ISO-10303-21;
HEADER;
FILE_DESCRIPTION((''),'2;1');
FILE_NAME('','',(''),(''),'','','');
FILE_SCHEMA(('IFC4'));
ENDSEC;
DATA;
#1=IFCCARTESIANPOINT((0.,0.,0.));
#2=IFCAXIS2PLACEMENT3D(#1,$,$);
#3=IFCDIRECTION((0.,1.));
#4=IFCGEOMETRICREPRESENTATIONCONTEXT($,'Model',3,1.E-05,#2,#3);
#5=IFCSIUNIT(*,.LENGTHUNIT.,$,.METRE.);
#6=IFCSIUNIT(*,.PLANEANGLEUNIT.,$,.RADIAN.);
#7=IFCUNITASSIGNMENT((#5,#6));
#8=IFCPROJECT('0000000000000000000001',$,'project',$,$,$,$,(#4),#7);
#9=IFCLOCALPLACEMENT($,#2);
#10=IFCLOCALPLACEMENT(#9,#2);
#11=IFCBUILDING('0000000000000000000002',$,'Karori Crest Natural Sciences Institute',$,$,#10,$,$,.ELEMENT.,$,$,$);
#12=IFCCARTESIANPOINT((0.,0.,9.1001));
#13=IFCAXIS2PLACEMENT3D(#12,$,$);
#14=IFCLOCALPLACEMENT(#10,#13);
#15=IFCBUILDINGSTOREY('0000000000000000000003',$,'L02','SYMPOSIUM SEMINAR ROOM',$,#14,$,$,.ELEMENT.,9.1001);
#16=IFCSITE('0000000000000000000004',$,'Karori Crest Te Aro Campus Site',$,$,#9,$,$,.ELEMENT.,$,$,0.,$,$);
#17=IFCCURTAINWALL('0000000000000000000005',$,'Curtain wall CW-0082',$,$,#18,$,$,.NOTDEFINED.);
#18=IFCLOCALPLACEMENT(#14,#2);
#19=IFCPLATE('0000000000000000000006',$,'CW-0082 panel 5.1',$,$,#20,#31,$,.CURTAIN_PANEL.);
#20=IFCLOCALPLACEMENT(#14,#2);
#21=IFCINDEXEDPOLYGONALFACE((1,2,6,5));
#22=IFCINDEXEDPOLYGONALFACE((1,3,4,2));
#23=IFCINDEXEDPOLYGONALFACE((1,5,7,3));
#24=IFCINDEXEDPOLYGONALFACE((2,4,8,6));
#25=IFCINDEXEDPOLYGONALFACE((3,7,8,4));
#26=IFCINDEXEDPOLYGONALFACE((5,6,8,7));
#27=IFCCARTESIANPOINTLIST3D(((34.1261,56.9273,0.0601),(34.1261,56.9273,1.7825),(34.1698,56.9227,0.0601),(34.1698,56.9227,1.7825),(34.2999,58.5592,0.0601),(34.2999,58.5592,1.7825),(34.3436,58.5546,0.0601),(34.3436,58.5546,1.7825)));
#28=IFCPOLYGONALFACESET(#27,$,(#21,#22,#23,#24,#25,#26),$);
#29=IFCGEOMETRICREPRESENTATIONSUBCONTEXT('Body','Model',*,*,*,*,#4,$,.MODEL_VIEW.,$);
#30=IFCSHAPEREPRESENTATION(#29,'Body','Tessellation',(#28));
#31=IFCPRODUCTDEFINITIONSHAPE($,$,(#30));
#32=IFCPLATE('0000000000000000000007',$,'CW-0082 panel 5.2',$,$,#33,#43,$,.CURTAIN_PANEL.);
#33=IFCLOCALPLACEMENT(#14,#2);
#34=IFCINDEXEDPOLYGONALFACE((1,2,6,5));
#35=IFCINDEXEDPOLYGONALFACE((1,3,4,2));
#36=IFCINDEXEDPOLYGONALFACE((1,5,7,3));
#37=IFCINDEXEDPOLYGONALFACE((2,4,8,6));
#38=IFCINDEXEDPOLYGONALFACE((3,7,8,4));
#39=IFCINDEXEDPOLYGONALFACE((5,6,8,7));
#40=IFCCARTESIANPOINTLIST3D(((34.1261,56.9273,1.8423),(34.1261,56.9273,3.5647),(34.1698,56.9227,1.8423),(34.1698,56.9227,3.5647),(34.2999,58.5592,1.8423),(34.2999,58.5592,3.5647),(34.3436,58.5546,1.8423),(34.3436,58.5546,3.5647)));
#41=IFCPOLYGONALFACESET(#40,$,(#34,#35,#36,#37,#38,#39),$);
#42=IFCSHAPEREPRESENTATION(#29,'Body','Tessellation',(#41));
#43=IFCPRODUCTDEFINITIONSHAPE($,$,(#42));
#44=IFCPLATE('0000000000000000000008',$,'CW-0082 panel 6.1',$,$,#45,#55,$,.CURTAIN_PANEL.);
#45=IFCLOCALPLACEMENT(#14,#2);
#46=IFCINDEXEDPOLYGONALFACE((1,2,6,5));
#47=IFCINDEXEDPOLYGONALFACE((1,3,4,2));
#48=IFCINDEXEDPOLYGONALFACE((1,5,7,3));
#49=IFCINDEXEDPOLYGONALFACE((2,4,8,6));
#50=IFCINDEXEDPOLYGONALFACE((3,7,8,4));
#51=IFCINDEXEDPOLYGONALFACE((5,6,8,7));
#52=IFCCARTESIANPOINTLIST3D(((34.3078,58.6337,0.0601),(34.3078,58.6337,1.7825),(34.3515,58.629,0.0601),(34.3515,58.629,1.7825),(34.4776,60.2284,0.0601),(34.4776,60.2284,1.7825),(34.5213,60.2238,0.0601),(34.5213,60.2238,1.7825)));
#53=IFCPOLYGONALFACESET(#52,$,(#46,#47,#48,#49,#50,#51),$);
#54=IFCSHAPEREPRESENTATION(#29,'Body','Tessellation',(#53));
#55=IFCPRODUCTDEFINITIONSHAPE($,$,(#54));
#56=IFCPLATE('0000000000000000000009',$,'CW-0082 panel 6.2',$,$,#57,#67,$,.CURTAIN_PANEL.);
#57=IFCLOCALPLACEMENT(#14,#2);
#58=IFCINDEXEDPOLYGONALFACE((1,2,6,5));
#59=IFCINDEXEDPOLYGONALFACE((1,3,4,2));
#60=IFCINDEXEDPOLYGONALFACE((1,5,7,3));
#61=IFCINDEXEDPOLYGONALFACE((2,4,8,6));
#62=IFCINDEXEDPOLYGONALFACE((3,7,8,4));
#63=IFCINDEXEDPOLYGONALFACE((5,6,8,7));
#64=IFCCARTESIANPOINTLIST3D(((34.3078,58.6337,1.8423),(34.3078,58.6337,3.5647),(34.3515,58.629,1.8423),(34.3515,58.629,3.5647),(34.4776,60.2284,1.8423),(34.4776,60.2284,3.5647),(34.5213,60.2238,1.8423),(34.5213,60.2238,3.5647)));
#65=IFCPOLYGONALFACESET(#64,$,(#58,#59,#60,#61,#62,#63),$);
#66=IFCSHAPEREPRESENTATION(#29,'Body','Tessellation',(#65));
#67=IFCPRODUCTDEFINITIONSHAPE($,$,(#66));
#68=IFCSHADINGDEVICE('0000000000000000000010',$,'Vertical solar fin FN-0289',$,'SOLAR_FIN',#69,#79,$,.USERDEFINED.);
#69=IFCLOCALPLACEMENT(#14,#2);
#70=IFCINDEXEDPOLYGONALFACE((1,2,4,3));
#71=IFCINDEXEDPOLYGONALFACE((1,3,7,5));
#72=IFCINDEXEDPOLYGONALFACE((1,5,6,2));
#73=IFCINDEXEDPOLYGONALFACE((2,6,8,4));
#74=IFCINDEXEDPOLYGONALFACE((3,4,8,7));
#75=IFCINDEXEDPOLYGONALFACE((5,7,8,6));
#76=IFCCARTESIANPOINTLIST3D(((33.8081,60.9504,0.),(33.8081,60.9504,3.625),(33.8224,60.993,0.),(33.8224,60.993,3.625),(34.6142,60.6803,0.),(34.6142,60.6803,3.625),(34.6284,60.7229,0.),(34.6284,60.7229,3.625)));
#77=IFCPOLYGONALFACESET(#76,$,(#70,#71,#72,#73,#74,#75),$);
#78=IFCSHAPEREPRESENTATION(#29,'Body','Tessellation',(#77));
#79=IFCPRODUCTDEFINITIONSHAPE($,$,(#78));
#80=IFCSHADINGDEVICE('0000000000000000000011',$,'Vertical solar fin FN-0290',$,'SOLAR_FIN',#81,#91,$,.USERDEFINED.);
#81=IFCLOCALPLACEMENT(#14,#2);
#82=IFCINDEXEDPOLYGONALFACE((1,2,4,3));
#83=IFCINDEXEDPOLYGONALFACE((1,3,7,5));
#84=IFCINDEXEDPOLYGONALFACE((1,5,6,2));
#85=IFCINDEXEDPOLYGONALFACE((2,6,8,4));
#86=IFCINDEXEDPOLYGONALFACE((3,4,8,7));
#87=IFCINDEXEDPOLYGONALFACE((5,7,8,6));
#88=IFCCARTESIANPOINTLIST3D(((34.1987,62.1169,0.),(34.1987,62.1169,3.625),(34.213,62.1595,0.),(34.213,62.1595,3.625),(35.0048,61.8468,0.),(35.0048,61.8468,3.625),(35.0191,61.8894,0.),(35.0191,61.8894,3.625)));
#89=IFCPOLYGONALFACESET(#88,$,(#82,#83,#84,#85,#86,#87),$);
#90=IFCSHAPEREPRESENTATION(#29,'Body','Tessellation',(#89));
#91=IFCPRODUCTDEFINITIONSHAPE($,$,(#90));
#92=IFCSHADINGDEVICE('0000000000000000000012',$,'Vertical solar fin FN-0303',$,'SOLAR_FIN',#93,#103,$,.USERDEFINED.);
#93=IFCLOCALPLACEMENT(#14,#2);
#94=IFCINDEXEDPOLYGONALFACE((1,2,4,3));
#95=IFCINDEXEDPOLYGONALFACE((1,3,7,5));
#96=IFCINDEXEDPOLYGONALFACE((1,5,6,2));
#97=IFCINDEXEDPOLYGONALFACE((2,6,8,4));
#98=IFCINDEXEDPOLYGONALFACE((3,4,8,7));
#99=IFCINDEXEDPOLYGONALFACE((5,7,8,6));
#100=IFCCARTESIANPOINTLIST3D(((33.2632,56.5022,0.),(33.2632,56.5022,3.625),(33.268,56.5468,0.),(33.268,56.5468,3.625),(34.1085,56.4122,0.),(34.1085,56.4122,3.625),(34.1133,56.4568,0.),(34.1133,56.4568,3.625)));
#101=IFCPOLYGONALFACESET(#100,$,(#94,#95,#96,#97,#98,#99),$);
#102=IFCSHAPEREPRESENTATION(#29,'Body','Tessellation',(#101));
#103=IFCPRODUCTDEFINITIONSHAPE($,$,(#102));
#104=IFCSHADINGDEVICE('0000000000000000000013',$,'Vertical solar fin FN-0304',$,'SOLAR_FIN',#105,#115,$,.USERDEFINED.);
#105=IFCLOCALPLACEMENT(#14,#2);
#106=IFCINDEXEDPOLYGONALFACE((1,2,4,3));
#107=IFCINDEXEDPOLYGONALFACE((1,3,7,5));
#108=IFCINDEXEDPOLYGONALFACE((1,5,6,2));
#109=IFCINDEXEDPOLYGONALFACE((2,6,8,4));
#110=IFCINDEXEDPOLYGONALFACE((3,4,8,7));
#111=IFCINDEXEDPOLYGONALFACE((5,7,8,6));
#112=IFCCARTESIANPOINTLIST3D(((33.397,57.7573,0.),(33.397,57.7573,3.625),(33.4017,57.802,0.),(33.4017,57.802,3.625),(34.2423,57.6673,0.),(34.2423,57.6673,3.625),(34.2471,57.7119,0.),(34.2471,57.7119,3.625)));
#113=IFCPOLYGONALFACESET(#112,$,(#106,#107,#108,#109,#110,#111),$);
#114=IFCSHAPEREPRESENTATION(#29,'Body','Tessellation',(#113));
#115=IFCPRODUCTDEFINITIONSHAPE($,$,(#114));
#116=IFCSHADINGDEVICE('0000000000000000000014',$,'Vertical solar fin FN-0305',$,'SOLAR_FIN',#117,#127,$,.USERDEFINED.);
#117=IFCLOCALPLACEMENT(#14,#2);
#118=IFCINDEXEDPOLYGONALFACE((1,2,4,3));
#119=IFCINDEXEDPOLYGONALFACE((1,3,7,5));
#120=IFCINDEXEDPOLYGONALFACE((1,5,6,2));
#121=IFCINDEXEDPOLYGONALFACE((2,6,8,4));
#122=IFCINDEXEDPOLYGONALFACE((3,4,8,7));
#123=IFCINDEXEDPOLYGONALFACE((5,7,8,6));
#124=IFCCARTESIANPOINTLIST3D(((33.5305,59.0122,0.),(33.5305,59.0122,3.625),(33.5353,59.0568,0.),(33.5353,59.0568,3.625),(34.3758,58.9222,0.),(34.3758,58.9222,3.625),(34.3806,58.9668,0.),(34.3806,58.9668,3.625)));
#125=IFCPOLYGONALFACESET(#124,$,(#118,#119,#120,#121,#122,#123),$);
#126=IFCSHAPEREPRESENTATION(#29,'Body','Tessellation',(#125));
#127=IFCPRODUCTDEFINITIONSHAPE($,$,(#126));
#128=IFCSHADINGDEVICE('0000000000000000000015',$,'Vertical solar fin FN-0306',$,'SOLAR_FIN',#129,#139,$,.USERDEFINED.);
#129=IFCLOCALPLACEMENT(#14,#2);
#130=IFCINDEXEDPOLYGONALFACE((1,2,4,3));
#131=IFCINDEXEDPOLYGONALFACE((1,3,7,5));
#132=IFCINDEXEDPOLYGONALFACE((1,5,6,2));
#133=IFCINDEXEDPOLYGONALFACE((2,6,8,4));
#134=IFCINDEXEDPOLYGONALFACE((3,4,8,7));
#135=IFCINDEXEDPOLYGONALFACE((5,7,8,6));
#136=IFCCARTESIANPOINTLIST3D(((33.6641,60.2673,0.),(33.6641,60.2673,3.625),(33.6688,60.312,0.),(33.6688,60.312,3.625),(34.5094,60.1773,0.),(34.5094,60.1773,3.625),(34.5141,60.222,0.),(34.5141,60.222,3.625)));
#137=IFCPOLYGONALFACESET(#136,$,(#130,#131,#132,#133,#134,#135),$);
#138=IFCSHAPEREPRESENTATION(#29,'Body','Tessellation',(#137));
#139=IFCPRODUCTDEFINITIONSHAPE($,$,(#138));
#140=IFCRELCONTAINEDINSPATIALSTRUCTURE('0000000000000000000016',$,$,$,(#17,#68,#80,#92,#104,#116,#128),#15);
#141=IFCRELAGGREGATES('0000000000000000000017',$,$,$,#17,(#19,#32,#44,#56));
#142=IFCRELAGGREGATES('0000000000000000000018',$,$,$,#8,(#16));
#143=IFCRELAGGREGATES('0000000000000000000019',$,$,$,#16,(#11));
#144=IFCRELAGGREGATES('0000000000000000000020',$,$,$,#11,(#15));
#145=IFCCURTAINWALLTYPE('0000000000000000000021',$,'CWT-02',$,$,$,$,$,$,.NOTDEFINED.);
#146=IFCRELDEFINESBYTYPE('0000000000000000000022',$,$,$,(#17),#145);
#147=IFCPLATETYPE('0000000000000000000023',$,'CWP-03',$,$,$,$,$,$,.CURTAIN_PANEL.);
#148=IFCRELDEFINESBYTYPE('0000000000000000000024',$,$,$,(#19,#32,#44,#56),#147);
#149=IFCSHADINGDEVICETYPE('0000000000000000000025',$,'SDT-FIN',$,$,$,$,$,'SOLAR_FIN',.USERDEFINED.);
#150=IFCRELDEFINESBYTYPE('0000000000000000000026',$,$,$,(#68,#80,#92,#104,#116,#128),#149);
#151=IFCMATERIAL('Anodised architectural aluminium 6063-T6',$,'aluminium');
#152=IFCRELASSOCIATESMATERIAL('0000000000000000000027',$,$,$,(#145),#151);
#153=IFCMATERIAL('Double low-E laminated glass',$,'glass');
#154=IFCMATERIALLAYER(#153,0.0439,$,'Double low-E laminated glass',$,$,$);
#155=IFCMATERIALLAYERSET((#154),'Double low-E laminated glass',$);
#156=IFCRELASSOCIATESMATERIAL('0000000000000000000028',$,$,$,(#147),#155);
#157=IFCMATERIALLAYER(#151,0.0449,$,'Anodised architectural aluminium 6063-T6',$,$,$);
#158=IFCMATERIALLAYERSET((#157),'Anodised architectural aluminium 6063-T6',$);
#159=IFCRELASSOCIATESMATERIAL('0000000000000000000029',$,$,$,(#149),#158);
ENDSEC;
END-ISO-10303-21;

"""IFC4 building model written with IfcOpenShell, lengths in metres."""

from ifc_helpers import new_model, si_unit, direction, frame, origin, origin_2d, place, context, subcontext, project, spatial, rectangle, extrude, material, layer, layer_set, type_object, element, aggregate, save


model = new_model("IFC4")

# Units and contexts
model_context = context("Model", 3, precision=1e-05, world=origin(), true_north=direction((0.0, 1.0)))
body_context = subcontext(model_context, "Body", "Model", "MODEL_VIEW")
ifc_project = project(units=[si_unit("LENGTHUNIT", "METRE"), si_unit("PLANEANGLEUNIT", "RADIAN")], contexts=[model_context])

# Site, building, storey
site_placement = place(None, origin())
site = spatial("IfcSite", under=ifc_project, at=site_placement, Name="Karori Crest Te Aro Campus Site", CompositionType="ELEMENT", RefElevation=0.0)
building_placement = place(site_placement, origin())
building = spatial("IfcBuilding", under=site, at=building_placement, Name="Karori Crest Natural Sciences Institute", CompositionType="ELEMENT")
storey_placement = place(building_placement, frame((0.0, 0.0, 9.1001)))
storey = spatial("IfcBuildingStorey", under=building, at=storey_placement, Name="L02", Description="SYMPOSIUM SEMINAR ROOM", CompositionType="ELEMENT", Elevation=9.1001)

# Curtain wall
ifc_material_1 = material(Name="Anodised architectural aluminium 6063-T6", Category="aluminium")
curtain_wall_type_1 = type_object("IfcCurtainWallType", Name="CWT-02", PredefinedType="NOTDEFINED", material=ifc_material_1)
curtain_wall_1_placement = place(storey_placement, origin())
curtain_wall_1 = element("IfcCurtainWall", 1, at=curtain_wall_1_placement, inside=storey, type_object=curtain_wall_type_1, Name="Curtain wall CW-0082", PredefinedType="NOTDEFINED")

# Plates
ifc_material_2 = material(Name="Double low-E laminated glass", Category="glass")
ifc_layer_1 = layer(ifc_material_2, 0.0439, Name="Double low-E laminated glass")
ifc_layer_set_1 = layer_set([ifc_layer_1], Name="Double low-E laminated glass")
plate_type_1 = type_object("IfcPlateType", Name="CWP-03", PredefinedType="CURTAIN_PANEL", material=ifc_layer_set_1)
plate_1_placement = place(storey_placement, frame((34.2349, 57.741, 0.0601), z_axis=(0.0, 0.0, 1.0), x_axis=(0.105884, 0.994378, 0.0)))
plate_1 = element("IfcPlate", 2, at=plate_1_placement, type_object=plate_type_1, Name="CW-0082 panel 5.1", PredefinedType="CURTAIN_PANEL", context=body_context, shape_type="SweptSolid", body=[
    extrude(rectangle(XDim=1.6411, YDim=0.0439, at=origin_2d()), origin(), (0.0, 0.0, 1.0), 1.7224),
])
plate_2_placement = place(storey_placement, frame((34.2349, 57.741, 1.8423), z_axis=(0.0, 0.0, 1.0), x_axis=(0.105884, 0.994378, 0.0)))
plate_2 = element("IfcPlate", 3, at=plate_2_placement, type_object=plate_type_1, Name="CW-0082 panel 5.2", PredefinedType="CURTAIN_PANEL", context=body_context, shape_type="SweptSolid", body=[
    extrude(rectangle(XDim=1.6411, YDim=0.0439, at=origin_2d()), origin(), (0.0, 0.0, 1.0), 1.7224),
])
plate_3_placement = place(storey_placement, frame((34.4146, 59.4287, 0.0601), z_axis=(0.0, 0.0, 1.0), x_axis=(0.105884, 0.994378, 0.0)))
plate_3 = element("IfcPlate", 4, at=plate_3_placement, type_object=plate_type_1, Name="CW-0082 panel 6.1", PredefinedType="CURTAIN_PANEL", context=body_context, shape_type="SweptSolid", body=[
    extrude(rectangle(XDim=1.6038, YDim=0.0439, at=origin_2d()), origin(), (0.0, 0.0, 1.0), 1.7224),
])
plate_4_placement = place(storey_placement, frame((34.4146, 59.4287, 1.8423), z_axis=(0.0, 0.0, 1.0), x_axis=(0.105884, 0.994378, 0.0)))
plate_4 = element("IfcPlate", 5, at=plate_4_placement, type_object=plate_type_1, Name="CW-0082 panel 6.2", PredefinedType="CURTAIN_PANEL", context=body_context, shape_type="SweptSolid", body=[
    extrude(rectangle(XDim=1.6038, YDim=0.0439, at=origin_2d()), origin(), (0.0, 0.0, 1.0), 1.7224),
])
aggregate(curtain_wall_1, [plate_1, plate_2, plate_3, plate_4])

# Shading devices
ifc_layer_2 = layer(ifc_material_1, 0.0449, Name="Anodised architectural aluminium 6063-T6")
ifc_layer_set_2 = layer_set([ifc_layer_2], Name="Anodised architectural aluminium 6063-T6")
shading_device_type = type_object("IfcShadingDeviceType", Name="SDT-FIN", ElementType="SOLAR_FIN", PredefinedType="USERDEFINED", material=ifc_layer_set_2)
for number, where, z_axis, x_axis, name in (
    (6, (34.2183, 60.8367, 0.0), (0.0, 0.0, 1.0), (-0.948196, 0.317685, 0.0), "Vertical solar fin FN-0289"),
    (7, (34.6089, 62.0032, 0.0), (0.0, 0.0, 1.0), (-0.948196, 0.317685, 0.0), "Vertical solar fin FN-0290"),
    (8, (33.6882, 56.4795, 0.0), (0.0, 0.0, 1.0), (-0.994378, 0.105884, 0.0), "Vertical solar fin FN-0303"),
    (9, (33.822, 57.7346, 0.0), (0.0, 0.0, 1.0), (-0.994378, 0.105884, 0.0), "Vertical solar fin FN-0304"),
    (10, (33.9556, 58.9895, 0.0), (0.0, 0.0, 1.0), (-0.994378, 0.105884, 0.0), "Vertical solar fin FN-0305"),
    (11, (34.0891, 60.2446, 0.0), (0.0, 0.0, 1.0), (-0.994378, 0.105884, 0.0), "Vertical solar fin FN-0306"),
):
    element("IfcShadingDevice", number, at=place(storey_placement, frame(where, z_axis=z_axis, x_axis=x_axis)), inside=storey, type_object=shading_device_type, Name=name, ObjectType="SOLAR_FIN", PredefinedType="USERDEFINED", context=body_context, shape_type="SweptSolid", body=[
        extrude(rectangle(XDim=0.8501, YDim=0.0449, at=origin_2d()), origin(), (0.0, 0.0, 1.0), 3.625),
    ])

save(model, "model.ifc")
